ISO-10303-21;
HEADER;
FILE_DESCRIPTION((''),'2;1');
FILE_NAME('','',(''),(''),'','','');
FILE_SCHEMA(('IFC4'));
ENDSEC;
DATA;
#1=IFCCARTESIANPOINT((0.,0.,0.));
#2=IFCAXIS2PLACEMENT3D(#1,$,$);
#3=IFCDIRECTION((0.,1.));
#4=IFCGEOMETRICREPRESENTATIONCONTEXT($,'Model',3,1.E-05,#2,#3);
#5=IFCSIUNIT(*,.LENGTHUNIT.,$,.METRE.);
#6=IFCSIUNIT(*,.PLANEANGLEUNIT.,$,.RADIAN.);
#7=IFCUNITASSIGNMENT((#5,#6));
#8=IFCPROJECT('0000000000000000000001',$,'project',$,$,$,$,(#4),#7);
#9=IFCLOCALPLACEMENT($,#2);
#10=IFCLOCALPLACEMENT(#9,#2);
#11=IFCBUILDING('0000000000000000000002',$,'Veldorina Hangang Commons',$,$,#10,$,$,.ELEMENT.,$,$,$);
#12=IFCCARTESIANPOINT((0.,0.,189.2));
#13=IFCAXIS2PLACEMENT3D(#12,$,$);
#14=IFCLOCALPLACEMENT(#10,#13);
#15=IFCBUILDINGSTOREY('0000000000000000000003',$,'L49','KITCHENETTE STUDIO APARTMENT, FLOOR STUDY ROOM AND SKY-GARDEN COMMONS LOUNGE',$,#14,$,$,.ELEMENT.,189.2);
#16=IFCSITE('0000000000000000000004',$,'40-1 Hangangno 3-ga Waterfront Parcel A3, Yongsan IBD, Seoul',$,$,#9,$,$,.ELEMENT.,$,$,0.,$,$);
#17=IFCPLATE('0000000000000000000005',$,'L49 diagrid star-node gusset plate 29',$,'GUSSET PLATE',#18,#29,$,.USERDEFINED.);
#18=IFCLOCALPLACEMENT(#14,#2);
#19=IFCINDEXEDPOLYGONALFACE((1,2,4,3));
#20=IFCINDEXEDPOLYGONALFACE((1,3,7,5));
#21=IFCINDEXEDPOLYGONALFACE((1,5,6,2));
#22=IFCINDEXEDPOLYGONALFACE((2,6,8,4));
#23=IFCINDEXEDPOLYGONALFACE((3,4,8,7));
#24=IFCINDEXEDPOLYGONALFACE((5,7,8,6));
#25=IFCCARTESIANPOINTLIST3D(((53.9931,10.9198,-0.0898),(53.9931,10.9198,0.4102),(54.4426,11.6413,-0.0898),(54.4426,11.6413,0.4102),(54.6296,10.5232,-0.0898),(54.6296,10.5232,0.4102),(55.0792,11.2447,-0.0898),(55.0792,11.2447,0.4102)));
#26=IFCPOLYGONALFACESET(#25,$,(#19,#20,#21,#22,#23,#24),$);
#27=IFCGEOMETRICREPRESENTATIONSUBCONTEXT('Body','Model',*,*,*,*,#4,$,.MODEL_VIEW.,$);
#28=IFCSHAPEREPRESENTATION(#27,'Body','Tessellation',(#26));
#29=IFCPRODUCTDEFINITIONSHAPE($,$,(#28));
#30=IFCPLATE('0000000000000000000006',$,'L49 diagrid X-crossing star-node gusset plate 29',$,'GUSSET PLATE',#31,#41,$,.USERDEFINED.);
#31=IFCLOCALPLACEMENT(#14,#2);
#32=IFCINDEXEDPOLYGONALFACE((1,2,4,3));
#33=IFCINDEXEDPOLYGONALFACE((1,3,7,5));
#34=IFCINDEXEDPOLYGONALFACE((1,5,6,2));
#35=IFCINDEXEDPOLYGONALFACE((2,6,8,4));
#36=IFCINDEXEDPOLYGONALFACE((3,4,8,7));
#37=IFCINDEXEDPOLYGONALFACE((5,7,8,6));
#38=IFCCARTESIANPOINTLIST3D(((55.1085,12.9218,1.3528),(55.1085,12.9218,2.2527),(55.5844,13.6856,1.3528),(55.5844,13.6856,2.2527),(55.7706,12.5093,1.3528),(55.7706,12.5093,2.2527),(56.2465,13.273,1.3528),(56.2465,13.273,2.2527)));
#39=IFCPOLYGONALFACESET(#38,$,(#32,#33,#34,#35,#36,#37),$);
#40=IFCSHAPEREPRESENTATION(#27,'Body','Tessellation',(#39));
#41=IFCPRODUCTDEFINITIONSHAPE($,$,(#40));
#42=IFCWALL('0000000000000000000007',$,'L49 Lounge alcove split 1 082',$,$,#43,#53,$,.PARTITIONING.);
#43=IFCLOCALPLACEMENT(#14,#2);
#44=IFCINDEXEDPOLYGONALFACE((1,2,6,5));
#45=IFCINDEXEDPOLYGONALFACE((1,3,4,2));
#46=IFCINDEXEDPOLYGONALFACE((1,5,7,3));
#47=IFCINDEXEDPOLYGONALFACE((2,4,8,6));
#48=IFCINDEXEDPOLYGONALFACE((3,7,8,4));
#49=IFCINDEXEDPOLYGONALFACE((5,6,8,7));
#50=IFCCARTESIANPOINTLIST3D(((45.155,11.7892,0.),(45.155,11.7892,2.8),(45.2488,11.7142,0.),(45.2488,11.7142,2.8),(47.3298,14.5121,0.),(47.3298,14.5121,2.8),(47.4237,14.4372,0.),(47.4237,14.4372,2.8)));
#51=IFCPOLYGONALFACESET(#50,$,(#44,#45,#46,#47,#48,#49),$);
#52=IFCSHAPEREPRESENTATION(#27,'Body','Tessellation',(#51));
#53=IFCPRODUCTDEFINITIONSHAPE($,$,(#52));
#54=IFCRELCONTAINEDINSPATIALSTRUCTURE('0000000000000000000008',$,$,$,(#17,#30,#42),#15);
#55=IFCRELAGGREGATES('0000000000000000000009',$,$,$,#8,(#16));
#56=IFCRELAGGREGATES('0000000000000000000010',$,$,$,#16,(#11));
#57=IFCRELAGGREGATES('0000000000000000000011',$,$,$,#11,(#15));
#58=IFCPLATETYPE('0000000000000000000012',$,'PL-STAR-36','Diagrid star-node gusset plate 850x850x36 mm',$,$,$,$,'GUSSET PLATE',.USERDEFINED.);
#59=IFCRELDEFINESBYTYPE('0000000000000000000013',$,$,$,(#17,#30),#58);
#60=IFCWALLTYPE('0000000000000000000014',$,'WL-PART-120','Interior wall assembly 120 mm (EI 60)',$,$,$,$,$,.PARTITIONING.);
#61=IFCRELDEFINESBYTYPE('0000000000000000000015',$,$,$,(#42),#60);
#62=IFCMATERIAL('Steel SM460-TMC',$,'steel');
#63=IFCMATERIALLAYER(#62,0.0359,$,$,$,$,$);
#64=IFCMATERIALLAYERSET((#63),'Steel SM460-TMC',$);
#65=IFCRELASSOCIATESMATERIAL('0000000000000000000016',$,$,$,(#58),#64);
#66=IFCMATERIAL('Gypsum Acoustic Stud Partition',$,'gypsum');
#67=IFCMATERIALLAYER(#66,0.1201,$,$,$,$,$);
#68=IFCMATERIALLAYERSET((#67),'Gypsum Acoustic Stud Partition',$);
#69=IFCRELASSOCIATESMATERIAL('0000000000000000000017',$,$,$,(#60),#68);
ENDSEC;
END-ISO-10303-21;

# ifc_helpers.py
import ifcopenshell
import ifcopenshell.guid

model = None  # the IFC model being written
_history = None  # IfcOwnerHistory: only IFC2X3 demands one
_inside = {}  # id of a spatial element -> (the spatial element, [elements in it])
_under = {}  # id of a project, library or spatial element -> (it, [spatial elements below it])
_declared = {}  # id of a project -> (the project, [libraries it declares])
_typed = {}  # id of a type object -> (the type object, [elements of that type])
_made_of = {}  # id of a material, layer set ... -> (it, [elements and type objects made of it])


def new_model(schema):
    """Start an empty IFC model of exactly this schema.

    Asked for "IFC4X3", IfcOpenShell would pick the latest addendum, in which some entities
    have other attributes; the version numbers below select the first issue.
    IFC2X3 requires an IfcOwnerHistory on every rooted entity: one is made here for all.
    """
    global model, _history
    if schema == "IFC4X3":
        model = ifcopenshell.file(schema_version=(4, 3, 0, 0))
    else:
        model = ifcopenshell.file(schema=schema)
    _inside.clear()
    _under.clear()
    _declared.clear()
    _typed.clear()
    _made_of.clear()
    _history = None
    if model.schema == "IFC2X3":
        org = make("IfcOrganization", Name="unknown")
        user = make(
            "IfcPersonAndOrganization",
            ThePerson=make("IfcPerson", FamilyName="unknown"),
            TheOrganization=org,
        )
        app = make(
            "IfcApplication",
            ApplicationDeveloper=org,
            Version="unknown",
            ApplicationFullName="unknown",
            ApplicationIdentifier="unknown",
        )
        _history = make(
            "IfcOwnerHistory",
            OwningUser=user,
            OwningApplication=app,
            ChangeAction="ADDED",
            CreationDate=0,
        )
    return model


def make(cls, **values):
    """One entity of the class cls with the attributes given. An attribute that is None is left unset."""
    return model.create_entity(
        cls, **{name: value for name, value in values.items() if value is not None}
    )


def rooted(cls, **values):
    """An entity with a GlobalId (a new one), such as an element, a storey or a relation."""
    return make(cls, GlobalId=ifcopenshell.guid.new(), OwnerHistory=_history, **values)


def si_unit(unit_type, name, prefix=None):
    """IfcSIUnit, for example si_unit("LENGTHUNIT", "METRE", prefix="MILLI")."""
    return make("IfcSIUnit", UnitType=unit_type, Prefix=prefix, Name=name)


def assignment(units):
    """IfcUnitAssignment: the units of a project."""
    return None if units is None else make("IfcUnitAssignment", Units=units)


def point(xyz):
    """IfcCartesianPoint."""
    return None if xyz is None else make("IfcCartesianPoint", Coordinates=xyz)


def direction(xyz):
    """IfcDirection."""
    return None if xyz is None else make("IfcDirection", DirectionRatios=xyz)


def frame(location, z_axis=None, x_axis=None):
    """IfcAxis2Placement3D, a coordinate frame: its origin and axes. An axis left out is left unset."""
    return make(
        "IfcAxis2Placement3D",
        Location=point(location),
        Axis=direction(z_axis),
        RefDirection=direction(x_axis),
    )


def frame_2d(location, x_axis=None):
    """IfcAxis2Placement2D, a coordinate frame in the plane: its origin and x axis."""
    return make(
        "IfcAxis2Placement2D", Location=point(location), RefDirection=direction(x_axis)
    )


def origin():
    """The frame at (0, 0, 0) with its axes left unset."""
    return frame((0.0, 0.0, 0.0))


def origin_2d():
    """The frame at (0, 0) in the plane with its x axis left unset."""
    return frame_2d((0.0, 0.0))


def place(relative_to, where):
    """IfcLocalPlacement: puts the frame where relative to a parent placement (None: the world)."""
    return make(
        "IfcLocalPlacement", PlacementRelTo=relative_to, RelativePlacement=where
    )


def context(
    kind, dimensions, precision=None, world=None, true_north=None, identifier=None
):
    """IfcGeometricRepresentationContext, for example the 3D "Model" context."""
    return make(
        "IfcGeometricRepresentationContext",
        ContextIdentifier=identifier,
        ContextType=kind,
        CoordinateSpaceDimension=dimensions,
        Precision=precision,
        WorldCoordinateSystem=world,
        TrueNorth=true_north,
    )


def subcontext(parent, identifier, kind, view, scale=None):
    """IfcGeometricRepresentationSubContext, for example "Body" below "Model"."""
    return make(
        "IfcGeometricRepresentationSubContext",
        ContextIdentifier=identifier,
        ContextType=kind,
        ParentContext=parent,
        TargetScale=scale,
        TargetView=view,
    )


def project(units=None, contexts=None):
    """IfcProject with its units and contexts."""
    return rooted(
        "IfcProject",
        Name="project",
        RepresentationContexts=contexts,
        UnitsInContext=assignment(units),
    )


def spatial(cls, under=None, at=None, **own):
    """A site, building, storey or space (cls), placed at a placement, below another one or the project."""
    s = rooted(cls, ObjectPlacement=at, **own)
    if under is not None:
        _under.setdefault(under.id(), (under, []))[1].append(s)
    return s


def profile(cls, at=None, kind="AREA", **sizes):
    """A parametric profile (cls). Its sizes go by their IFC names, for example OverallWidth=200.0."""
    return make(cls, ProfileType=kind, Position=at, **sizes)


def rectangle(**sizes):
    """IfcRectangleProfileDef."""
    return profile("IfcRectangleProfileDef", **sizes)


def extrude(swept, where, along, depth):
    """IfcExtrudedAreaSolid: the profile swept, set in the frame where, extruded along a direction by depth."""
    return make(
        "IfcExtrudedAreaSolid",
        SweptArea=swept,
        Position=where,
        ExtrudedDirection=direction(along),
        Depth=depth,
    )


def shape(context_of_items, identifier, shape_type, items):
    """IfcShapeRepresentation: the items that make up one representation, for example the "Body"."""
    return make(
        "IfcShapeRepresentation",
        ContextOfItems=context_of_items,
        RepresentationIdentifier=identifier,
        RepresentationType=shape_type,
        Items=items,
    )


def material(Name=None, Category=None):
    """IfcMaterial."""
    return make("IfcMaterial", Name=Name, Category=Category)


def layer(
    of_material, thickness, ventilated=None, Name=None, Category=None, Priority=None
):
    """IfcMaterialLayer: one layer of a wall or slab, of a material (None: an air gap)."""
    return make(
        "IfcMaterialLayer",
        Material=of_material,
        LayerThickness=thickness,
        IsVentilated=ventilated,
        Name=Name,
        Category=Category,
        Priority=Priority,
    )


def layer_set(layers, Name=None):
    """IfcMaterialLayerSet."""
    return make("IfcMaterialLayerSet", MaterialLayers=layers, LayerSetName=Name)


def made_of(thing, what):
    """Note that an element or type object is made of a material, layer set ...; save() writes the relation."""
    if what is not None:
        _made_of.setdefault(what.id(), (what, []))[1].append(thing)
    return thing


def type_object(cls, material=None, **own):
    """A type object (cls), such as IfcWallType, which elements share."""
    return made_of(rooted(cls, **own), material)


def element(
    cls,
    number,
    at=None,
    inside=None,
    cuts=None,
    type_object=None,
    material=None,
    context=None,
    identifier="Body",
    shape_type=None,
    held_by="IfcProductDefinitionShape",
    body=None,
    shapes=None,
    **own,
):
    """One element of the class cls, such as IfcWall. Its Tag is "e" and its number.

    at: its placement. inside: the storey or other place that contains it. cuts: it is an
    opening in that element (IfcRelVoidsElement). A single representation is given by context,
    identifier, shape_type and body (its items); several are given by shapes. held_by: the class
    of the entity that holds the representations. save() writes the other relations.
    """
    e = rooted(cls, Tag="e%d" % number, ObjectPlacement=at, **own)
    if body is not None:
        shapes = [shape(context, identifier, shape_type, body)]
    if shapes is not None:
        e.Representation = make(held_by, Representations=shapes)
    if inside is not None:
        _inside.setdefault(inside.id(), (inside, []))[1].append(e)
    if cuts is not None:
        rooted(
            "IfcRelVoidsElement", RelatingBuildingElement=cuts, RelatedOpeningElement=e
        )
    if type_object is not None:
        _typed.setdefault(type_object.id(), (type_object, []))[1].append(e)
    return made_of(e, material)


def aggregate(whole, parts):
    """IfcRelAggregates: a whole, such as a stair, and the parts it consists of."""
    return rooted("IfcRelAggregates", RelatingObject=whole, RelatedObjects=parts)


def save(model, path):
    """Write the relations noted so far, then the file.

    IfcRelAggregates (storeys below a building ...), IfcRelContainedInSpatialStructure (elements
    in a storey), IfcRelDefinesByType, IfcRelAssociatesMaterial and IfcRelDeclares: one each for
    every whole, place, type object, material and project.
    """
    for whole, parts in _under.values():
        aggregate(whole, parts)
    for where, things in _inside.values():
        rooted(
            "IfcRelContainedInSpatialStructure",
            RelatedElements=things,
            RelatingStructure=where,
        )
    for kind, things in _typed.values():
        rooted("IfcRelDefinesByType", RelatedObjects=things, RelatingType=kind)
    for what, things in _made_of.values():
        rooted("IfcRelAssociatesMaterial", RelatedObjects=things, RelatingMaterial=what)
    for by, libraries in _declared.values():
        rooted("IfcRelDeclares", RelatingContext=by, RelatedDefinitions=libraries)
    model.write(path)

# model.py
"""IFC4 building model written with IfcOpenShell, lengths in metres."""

from ifc_helpers import new_model, si_unit, direction, frame, frame_2d, origin, origin_2d, place, context, subcontext, project, spatial, rectangle, extrude, material, layer, layer_set, type_object, element, save


model = new_model("IFC4")

# Units and contexts
model_context = context("Model", 3, precision=1e-05, world=origin(), true_north=direction((0.0, 1.0)))
body_context = subcontext(model_context, "Body", "Model", "MODEL_VIEW")
ifc_project = project(units=[si_unit("LENGTHUNIT", "METRE"), si_unit("PLANEANGLEUNIT", "RADIAN")], contexts=[model_context])

# Site, building, storey
site_placement = place(None, origin())
site = spatial("IfcSite", under=ifc_project, at=site_placement, Name="40-1 Hangangno 3-ga Waterfront Parcel A3, Yongsan IBD, Seoul", CompositionType="ELEMENT", RefElevation=0.0)
building_placement = place(site_placement, origin())
building = spatial("IfcBuilding", under=site, at=building_placement, Name="Veldorina Hangang Commons", CompositionType="ELEMENT")
storey_placement = place(building_placement, frame((0.0, 0.0, 189.2)))
storey = spatial("IfcBuildingStorey", under=building, at=storey_placement, Name="L49", Description="KITCHENETTE STUDIO APARTMENT, FLOOR STUDY ROOM AND SKY-GARDEN COMMONS LOUNGE", CompositionType="ELEMENT", Elevation=189.2)

# Plates
ifc_material_1 = material(Name="Steel SM460-TMC", Category="steel")
ifc_layer_1 = layer(ifc_material_1, 0.0359)
ifc_layer_set_1 = layer_set([ifc_layer_1], Name="Steel SM460-TMC")
plate_type_1 = type_object("IfcPlateType", Name="PL-STAR-36", Description="Diagrid star-node gusset plate 850x850x36 mm", ElementType="GUSSET PLATE", PredefinedType="USERDEFINED", material=ifc_layer_set_1)
for number, where, z_axis, x_axis, name in (
    (1, (54.5361, 11.0823, -0.0898), (0.0, 0.0, 1.0), (0.528838, 0.848723, 0.0), "L49 diagrid star-node gusset plate 29"),
):
    element("IfcPlate", number, at=place(storey_placement, frame(where, z_axis=z_axis, x_axis=x_axis)), inside=storey, type_object=plate_type_1, Name=name, ObjectType="GUSSET PLATE", PredefinedType="USERDEFINED", context=body_context, shape_type="SweptSolid", body=[
        extrude(rectangle(XDim=0.8501, YDim=0.75, at=origin_2d()), origin(), (0.0, 0.0, 1.0), 0.5),
    ])
plate_1_placement = place(storey_placement, frame((55.6775, 13.0974, 1.3528), z_axis=(0.0, 0.0, 1.0), x_axis=(0.528838, 0.848723, 0.0)))
element("IfcPlate", 2, at=plate_1_placement, inside=storey, type_object=plate_type_1, Name="L49 diagrid X-crossing star-node gusset plate 29", ObjectType="GUSSET PLATE", PredefinedType="USERDEFINED", context=body_context, shape_type="SweptSolid", body=[
    extrude(rectangle(XDim=0.8999, YDim=0.78, at=origin_2d()), origin(), (0.0, 0.0, 1.0), 0.8999),
])

# Wall
ifc_material_2 = material(Name="Gypsum Acoustic Stud Partition", Category="gypsum")
ifc_layer_2 = layer(ifc_material_2, 0.1201)
ifc_layer_set_2 = layer_set([ifc_layer_2], Name="Gypsum Acoustic Stud Partition")
wall_type_1 = type_object("IfcWallType", Name="WL-PART-120", Description="Interior wall assembly 120 mm (EI 60)", PredefinedType="PARTITIONING", material=ifc_layer_set_2)
wall_1_placement = place(storey_placement, frame((45.2019, 11.7517, 0.0), z_axis=(0.0, 0.0, 1.0), x_axis=(0.62408, 0.781361, 0.0)))
element("IfcWall", 3, at=wall_1_placement, inside=storey, type_object=wall_type_1, Name="L49 Lounge alcove split 1 082", PredefinedType="PARTITIONING", context=body_context, shape_type="SweptSolid", body=[
    extrude(rectangle(XDim=3.4849, YDim=0.1201, at=frame_2d((1.7424, 0.0))), origin(), (0.0, 0.0, 1.0), 2.8),
])

save(model, "model.ifc")
